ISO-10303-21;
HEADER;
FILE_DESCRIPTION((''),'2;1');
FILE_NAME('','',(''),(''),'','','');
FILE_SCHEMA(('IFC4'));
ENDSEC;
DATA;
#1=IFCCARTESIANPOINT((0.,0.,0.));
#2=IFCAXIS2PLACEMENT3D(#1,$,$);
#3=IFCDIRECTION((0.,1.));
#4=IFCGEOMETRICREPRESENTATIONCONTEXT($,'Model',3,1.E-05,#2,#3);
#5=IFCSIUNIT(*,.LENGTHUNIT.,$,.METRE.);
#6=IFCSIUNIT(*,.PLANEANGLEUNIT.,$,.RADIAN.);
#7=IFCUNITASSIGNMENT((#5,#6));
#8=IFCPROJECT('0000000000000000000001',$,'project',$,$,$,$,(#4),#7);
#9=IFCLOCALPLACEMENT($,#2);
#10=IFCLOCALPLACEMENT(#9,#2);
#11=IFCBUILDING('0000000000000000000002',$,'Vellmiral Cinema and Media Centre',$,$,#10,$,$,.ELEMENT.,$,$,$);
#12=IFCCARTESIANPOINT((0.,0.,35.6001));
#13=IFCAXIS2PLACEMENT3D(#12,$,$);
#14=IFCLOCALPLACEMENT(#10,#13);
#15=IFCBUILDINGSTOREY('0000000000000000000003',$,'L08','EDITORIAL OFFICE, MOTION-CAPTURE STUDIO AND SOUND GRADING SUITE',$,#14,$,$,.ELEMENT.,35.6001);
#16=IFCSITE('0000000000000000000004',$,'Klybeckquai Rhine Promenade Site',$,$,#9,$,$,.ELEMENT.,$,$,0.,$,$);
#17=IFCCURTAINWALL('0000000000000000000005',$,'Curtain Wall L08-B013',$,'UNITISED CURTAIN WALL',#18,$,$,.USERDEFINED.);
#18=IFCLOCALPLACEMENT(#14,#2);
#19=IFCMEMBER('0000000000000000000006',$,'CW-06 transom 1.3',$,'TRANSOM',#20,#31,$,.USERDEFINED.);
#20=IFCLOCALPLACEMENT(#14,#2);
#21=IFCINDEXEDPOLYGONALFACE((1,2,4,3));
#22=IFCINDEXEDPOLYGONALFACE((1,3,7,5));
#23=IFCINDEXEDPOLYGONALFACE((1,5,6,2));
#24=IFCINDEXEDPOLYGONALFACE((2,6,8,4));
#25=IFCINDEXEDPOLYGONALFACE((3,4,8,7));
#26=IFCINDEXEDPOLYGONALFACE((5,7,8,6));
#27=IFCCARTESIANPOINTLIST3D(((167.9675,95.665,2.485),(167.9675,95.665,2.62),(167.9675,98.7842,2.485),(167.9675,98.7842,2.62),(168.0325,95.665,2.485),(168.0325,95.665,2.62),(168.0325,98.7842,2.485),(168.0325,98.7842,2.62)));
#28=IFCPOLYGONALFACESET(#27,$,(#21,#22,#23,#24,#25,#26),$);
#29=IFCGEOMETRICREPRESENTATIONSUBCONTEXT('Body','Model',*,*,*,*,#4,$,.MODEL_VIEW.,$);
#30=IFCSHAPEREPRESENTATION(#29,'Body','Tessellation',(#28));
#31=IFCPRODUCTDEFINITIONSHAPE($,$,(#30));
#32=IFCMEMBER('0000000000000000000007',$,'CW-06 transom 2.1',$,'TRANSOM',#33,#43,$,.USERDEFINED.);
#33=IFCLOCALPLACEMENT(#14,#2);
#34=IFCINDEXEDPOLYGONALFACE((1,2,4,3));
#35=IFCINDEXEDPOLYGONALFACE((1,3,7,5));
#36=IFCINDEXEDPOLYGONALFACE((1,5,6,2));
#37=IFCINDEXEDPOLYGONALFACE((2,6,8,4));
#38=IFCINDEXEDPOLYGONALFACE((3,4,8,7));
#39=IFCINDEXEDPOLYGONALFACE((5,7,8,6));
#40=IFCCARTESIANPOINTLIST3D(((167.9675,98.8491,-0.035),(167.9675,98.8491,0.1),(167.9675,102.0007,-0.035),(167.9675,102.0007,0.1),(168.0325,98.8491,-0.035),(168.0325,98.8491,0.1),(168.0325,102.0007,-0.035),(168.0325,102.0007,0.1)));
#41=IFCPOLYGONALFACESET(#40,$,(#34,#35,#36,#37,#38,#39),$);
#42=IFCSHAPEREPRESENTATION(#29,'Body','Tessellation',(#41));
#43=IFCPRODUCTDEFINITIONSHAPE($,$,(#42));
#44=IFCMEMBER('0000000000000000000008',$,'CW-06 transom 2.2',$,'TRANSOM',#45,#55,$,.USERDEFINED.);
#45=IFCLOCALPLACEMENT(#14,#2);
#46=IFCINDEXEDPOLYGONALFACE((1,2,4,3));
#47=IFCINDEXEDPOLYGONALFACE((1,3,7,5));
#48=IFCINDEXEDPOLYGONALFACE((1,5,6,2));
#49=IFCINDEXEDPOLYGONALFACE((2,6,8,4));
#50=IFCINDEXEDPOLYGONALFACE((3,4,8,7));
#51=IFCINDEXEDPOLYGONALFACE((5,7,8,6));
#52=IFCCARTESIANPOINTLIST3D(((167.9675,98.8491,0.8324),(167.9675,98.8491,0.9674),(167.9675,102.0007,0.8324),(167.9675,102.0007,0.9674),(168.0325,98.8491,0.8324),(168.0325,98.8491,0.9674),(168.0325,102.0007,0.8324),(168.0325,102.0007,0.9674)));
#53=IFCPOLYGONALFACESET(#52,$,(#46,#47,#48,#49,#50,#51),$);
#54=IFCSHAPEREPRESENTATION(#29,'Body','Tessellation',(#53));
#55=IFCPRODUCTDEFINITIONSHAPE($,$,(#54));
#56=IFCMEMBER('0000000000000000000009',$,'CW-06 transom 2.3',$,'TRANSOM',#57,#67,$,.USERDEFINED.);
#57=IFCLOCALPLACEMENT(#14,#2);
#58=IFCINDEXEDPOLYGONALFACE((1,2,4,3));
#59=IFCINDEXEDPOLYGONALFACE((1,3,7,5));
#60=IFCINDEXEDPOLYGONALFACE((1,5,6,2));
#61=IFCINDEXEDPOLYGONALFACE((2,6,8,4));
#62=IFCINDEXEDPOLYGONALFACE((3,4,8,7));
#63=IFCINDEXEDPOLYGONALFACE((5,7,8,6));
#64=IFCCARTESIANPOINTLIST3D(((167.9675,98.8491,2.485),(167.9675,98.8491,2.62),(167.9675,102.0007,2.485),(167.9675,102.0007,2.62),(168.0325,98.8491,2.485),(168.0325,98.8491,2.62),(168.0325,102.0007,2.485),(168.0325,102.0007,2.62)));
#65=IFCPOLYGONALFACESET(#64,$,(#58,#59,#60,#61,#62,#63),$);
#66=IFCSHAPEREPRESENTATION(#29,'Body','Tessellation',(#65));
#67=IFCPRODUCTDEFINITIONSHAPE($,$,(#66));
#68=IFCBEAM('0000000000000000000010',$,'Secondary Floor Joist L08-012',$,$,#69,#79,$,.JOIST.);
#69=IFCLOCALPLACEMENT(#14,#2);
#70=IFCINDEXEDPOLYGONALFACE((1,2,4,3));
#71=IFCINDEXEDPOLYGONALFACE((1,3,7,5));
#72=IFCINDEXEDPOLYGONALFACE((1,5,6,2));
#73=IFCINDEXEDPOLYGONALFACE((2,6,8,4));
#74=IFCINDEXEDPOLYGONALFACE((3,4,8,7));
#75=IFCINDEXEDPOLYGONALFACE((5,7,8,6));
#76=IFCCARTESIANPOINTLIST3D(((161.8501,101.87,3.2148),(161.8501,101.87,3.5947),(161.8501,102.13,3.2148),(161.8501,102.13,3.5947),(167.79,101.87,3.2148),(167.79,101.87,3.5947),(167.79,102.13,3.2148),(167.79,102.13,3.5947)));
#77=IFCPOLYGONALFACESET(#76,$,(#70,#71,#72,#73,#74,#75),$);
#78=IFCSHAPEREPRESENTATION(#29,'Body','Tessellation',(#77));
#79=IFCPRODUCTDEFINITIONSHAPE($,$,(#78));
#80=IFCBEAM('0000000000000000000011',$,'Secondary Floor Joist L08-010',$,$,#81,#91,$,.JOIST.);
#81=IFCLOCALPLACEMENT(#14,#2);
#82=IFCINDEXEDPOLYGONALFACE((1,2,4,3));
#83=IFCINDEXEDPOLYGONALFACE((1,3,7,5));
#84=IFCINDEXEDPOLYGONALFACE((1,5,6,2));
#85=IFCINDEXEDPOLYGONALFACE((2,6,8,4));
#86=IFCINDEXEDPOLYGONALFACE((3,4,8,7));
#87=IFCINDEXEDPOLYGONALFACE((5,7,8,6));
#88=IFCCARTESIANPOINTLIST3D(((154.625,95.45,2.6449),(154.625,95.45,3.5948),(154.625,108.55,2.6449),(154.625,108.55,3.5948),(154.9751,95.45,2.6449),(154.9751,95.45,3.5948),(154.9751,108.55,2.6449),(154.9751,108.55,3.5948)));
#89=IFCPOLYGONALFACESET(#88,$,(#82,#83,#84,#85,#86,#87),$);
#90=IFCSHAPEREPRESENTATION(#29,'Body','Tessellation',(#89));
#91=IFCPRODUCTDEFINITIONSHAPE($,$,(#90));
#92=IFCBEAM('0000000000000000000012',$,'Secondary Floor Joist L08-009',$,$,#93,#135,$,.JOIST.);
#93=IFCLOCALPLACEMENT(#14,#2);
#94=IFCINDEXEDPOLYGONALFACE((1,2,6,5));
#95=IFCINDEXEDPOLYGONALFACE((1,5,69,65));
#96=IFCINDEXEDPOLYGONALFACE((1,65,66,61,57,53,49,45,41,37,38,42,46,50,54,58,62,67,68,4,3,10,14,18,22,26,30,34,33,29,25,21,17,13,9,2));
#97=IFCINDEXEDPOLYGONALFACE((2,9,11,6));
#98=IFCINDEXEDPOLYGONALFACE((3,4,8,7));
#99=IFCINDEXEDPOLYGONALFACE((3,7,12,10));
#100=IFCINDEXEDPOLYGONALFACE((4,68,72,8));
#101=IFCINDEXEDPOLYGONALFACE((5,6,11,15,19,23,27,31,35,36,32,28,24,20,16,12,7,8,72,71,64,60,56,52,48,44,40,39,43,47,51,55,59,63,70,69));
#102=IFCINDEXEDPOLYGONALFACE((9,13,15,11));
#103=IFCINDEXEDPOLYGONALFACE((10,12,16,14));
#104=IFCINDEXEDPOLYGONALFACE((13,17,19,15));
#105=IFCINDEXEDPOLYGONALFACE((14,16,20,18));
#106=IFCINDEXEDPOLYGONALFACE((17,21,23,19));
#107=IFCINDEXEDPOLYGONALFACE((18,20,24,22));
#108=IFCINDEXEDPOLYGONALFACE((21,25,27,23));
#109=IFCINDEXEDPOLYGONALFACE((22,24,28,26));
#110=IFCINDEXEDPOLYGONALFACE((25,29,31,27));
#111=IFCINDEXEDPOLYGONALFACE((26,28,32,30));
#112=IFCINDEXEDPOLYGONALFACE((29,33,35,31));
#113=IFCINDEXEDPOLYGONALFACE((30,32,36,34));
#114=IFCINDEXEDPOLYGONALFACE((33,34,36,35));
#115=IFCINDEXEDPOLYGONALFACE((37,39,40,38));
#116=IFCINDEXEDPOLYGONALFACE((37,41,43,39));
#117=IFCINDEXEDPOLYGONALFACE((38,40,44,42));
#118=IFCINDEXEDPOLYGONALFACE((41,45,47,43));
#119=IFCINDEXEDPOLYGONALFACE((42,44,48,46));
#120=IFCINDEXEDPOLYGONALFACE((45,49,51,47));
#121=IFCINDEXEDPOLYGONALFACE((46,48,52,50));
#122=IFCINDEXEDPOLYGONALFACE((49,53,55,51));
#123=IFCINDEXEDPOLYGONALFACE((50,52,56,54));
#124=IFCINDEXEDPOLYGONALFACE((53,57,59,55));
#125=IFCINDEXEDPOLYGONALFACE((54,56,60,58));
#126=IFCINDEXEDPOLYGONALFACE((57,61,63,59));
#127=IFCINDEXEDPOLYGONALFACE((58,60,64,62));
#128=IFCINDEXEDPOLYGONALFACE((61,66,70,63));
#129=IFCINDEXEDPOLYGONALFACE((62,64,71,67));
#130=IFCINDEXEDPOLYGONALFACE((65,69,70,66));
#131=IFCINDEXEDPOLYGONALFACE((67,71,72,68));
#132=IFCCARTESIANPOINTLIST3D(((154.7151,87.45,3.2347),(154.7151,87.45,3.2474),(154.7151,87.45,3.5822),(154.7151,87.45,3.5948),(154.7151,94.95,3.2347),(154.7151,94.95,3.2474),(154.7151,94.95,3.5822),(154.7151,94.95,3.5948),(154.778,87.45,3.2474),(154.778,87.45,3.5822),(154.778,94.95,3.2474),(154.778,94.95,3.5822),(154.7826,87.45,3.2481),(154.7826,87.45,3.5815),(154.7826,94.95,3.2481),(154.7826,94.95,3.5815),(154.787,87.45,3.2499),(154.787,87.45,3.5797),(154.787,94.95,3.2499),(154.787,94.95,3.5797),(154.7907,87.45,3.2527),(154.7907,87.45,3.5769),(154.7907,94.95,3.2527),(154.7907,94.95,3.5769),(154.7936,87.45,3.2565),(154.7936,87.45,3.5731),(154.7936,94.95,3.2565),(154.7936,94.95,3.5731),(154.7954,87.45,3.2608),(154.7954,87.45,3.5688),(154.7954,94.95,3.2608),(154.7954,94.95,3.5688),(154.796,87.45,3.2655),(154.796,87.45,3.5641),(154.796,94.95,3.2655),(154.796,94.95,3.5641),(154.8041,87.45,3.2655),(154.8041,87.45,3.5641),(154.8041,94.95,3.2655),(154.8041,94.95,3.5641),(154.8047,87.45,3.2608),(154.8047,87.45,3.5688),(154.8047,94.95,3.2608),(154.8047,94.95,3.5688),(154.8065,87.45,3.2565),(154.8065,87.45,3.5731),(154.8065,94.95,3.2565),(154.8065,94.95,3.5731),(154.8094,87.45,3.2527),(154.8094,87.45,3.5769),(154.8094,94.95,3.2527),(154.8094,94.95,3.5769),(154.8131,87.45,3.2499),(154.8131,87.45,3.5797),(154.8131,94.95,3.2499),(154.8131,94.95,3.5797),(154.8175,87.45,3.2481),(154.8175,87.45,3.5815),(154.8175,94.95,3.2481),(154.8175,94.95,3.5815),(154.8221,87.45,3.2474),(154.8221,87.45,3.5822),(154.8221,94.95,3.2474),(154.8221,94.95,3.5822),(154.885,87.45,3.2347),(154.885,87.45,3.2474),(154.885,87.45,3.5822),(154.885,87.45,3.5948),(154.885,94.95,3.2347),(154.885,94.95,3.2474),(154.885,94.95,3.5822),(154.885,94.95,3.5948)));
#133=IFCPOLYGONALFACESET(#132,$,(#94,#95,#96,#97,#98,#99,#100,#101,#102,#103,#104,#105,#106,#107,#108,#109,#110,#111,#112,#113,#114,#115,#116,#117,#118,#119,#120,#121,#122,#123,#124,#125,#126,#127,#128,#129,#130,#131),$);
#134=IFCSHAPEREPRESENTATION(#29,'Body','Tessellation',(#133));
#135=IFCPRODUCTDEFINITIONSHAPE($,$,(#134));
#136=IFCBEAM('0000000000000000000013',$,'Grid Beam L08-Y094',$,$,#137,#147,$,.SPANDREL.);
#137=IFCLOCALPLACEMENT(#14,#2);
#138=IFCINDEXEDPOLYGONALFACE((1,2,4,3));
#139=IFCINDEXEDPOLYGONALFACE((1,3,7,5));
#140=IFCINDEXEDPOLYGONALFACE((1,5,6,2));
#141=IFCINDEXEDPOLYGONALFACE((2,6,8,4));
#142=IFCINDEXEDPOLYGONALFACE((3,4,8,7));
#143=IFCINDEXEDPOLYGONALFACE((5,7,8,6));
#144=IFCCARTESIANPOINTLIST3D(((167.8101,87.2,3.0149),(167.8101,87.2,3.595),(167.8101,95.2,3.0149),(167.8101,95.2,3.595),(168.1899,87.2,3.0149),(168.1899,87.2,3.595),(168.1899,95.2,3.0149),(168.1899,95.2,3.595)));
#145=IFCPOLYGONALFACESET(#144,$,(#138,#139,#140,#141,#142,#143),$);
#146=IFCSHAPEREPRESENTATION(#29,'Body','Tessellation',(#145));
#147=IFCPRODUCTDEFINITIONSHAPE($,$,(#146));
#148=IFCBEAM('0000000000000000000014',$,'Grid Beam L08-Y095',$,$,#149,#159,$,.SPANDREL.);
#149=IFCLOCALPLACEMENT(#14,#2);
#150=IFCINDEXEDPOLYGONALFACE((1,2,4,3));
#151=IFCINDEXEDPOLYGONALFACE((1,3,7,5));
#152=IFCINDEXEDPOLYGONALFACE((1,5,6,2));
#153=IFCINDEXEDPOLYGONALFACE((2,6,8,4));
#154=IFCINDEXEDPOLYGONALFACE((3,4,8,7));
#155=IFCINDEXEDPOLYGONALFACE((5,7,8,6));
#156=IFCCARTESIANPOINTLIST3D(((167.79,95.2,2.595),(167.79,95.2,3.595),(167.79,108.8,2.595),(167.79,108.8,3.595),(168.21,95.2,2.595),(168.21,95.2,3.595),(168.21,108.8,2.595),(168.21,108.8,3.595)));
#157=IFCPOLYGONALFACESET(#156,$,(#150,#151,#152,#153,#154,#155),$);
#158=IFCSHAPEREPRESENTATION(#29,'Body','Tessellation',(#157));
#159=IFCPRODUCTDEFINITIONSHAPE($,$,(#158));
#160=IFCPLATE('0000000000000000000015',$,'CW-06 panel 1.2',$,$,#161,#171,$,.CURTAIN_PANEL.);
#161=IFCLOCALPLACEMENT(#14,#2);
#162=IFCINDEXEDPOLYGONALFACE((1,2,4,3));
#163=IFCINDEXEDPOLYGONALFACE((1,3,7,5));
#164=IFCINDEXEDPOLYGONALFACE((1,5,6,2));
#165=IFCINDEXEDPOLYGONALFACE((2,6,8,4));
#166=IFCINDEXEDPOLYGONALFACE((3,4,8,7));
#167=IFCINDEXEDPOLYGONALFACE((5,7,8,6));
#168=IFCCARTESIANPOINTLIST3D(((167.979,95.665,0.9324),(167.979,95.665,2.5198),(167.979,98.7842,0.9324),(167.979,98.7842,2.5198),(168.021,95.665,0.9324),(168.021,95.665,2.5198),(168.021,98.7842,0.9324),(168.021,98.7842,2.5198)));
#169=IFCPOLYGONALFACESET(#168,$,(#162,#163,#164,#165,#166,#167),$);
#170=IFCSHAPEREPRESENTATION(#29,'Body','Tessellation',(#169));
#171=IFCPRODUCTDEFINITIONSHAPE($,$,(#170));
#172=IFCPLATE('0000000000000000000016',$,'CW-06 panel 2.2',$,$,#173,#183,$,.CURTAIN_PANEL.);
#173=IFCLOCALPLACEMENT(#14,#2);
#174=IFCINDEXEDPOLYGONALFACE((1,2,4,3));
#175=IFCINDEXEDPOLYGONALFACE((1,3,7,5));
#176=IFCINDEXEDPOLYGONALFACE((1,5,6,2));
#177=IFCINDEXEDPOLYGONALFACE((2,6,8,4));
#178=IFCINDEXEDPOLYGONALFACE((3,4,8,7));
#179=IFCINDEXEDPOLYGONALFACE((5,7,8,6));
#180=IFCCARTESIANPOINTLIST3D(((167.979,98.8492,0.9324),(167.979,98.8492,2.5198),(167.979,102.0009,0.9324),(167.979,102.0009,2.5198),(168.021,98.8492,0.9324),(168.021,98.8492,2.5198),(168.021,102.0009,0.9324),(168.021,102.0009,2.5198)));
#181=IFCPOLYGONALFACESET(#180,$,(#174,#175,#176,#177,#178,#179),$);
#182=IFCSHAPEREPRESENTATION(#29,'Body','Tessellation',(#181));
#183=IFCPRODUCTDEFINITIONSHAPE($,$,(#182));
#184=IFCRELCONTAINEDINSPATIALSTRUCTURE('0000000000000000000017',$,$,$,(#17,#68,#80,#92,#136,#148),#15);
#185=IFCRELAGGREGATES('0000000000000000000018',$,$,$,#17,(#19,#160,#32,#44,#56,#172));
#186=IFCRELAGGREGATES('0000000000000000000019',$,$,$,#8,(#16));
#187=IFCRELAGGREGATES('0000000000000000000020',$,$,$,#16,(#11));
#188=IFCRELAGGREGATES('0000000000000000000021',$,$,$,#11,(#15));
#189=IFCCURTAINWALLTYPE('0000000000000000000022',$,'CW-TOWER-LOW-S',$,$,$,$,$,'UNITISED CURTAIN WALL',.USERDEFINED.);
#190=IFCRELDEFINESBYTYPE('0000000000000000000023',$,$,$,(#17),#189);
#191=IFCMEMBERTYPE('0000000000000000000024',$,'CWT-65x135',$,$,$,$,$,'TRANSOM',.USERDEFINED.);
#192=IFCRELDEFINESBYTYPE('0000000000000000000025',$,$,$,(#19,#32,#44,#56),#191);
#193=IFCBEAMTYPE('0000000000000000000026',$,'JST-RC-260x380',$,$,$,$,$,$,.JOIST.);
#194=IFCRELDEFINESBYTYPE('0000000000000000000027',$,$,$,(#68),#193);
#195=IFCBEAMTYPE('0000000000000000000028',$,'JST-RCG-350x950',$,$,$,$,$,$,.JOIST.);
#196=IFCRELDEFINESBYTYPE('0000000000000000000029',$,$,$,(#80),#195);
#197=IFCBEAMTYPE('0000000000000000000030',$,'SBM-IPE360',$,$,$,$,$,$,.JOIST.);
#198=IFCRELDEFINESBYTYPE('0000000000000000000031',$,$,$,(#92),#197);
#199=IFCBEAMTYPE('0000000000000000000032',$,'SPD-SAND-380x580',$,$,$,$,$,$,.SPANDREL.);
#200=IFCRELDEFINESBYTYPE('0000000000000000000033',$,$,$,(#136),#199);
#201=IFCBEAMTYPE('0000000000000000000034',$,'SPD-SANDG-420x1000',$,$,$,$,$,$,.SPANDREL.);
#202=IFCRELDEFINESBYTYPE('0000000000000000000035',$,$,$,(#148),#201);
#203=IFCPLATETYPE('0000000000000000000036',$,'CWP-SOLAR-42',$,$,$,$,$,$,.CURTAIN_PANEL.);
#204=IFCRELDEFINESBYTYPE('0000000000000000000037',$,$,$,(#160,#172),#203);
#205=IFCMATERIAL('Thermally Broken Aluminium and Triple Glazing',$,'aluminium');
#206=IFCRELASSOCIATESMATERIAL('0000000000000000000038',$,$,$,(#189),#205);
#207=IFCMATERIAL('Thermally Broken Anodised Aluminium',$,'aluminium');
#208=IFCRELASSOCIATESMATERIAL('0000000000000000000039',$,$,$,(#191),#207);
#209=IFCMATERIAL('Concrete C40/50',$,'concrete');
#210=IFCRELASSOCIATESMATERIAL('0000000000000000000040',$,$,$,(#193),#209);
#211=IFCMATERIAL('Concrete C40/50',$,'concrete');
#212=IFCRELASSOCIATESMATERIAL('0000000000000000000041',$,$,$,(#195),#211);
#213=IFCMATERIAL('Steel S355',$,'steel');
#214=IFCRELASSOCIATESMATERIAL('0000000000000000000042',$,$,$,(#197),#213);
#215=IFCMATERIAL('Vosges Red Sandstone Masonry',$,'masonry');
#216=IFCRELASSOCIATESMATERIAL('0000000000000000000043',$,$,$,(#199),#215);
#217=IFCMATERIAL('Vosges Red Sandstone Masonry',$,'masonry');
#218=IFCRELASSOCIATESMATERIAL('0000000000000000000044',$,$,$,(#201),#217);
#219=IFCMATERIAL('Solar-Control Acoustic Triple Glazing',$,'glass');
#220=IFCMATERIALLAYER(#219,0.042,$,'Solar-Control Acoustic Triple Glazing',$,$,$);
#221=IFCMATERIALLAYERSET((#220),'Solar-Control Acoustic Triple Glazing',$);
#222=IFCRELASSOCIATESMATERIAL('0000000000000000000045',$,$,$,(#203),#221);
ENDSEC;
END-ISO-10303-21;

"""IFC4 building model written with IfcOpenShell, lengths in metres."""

from ifc_helpers import new_model, si_unit, direction, frame, origin, origin_2d, place, context, subcontext, project, spatial, rectangle, i_section, extrude, material, layer, layer_set, material_profile, profile_set, type_object, element, aggregate, save


model = new_model("IFC4")

# Units and contexts
model_context = context("Model", 3, precision=1e-05, world=origin(), true_north=direction((0.0, 1.0)))
body_context = subcontext(model_context, "Body", "Model", "MODEL_VIEW")
ifc_project = project(units=[si_unit("LENGTHUNIT", "METRE"), si_unit("PLANEANGLEUNIT", "RADIAN")], contexts=[model_context])

# Site, building, storey
site_placement = place(None, origin())
site = spatial("IfcSite", under=ifc_project, at=site_placement, Name="Klybeckquai Rhine Promenade Site", CompositionType="ELEMENT", RefElevation=0.0)
building_placement = place(site_placement, origin())
building = spatial("IfcBuilding", under=site, at=building_placement, Name="Vellmiral Cinema and Media Centre", CompositionType="ELEMENT")
storey_placement = place(building_placement, frame((0.0, 0.0, 35.6001)))
storey = spatial("IfcBuildingStorey", under=building, at=storey_placement, Name="L08", Description="EDITORIAL OFFICE, MOTION-CAPTURE STUDIO AND SOUND GRADING SUITE", CompositionType="ELEMENT", Elevation=35.6001)

# Curtain wall, members
ifc_material_1 = material(Name="Thermally Broken Aluminium and Triple Glazing", Category="aluminium")
curtain_wall_type = type_object("IfcCurtainWallType", Name="CW-TOWER-LOW-S", ElementType="UNITISED CURTAIN WALL", PredefinedType="USERDEFINED", material=ifc_material_1)
curtain_wall_placement = place(storey_placement, origin())
curtain_wall = element("IfcCurtainWall", 1, at=curtain_wall_placement, inside=storey, type_object=curtain_wall_type, Name="Curtain Wall L08-B013", ObjectType="UNITISED CURTAIN WALL", PredefinedType="USERDEFINED")
ifc_material_2 = material(Name="Thermally Broken Anodised Aluminium", Category="aluminium")
ifc_material_profile_1 = material_profile(ifc_material_2, rectangle(XDim=0.0649, YDim=0.135, at=origin_2d()), Name="MULL 65x135")
ifc_profile_set_1 = profile_set([ifc_material_profile_1], Name="Thermally Broken Anodised Aluminium")
member_type_1 = type_object("IfcMemberType", Name="CWT-65x135", ElementType="TRANSOM", PredefinedType="USERDEFINED", material=ifc_profile_set_1)
member_1_placement = place(storey_placement, frame((168.0, 95.665, 2.5525), z_axis=(0.0, 1.0, 0.0), x_axis=(-1.0, 0.0, 0.0)))
member_1 = element("IfcMember", 2, at=member_1_placement, type_object=member_type_1, Name="CW-06 transom 1.3", ObjectType="TRANSOM", PredefinedType="USERDEFINED", context=body_context, shape_type="SweptSolid", body=[
    extrude(rectangle(XDim=0.0649, YDim=0.135, at=origin_2d()), origin(), (0.0, 0.0, 1.0), 3.1191),
])
member_2_placement = place(storey_placement, frame((168.0, 98.8491, 0.0325), z_axis=(0.0, 1.0, 0.0), x_axis=(-1.0, 0.0, 0.0)))
member_2 = element("IfcMember", 3, at=member_2_placement, type_object=member_type_1, Name="CW-06 transom 2.1", ObjectType="TRANSOM", PredefinedType="USERDEFINED", context=body_context, shape_type="SweptSolid", body=[
    extrude(rectangle(XDim=0.0649, YDim=0.135, at=origin_2d()), origin(), (0.0, 0.0, 1.0), 3.1516),
])
member_3_placement = place(storey_placement, frame((168.0, 98.8491, 0.8999), z_axis=(0.0, 1.0, 0.0), x_axis=(-1.0, 0.0, 0.0)))
member_3 = element("IfcMember", 4, at=member_3_placement, type_object=member_type_1, Name="CW-06 transom 2.2", ObjectType="TRANSOM", PredefinedType="USERDEFINED", context=body_context, shape_type="SweptSolid", body=[
    extrude(rectangle(XDim=0.0649, YDim=0.135, at=origin_2d()), origin(), (0.0, 0.0, 1.0), 3.1516),
])
member_4_placement = place(storey_placement, frame((168.0, 98.8491, 2.5525), z_axis=(0.0, 1.0, 0.0), x_axis=(-1.0, 0.0, 0.0)))
member_4 = element("IfcMember", 5, at=member_4_placement, type_object=member_type_1, Name="CW-06 transom 2.3", ObjectType="TRANSOM", PredefinedType="USERDEFINED", context=body_context, shape_type="SweptSolid", body=[
    extrude(rectangle(XDim=0.0649, YDim=0.135, at=origin_2d()), origin(), (0.0, 0.0, 1.0), 3.1516),
])

# Beams
ifc_material_3 = material(Name="Concrete C40/50", Category="concrete")
ifc_material_profile_2 = material_profile(ifc_material_3, rectangle(XDim=0.26, YDim=0.3799, at=origin_2d()), Name="RC 260x380")
ifc_profile_set_2 = profile_set([ifc_material_profile_2], Name="Concrete C40/50")
beam_type_1 = type_object("IfcBeamType", Name="JST-RC-260x380", PredefinedType="JOIST", material=ifc_profile_set_2)
beam_1_placement = place(storey_placement, frame((161.8501, 102.0, 3.4048), z_axis=(1.0, 0.0, 0.0), x_axis=(0.0, 1.0, 0.0)))
element("IfcBeam", 6, at=beam_1_placement, inside=storey, type_object=beam_type_1, Name="Secondary Floor Joist L08-012", PredefinedType="JOIST", context=body_context, shape_type="SweptSolid", body=[
    extrude(rectangle(XDim=0.26, YDim=0.3799, at=origin_2d()), origin(), (0.0, 0.0, 1.0), 5.9399),
])
ifc_material_4 = material(Name="Concrete C40/50", Category="concrete")
ifc_material_profile_3 = material_profile(ifc_material_4, rectangle(XDim=0.3501, YDim=0.95, at=origin_2d()), Name="RC 350x950")
ifc_profile_set_3 = profile_set([ifc_material_profile_3], Name="Concrete C40/50")
beam_type_2 = type_object("IfcBeamType", Name="JST-RCG-350x950", PredefinedType="JOIST", material=ifc_profile_set_3)
beam_2_placement = place(storey_placement, frame((154.8, 95.45, 3.1199), z_axis=(0.0, 1.0, 0.0), x_axis=(-1.0, 0.0, 0.0)))
element("IfcBeam", 7, at=beam_2_placement, inside=storey, type_object=beam_type_2, Name="Secondary Floor Joist L08-010", PredefinedType="JOIST", context=body_context, shape_type="SweptSolid", body=[
    extrude(rectangle(XDim=0.3501, YDim=0.95, at=origin_2d()), origin(), (0.0, 0.0, 1.0), 13.1001),
])
ifc_material_5 = material(Name="Steel S355", Category="steel")
ifc_material_profile_4 = material_profile(ifc_material_5, i_section(OverallWidth=0.1699, OverallDepth=0.3601, WebThickness=0.0081, FlangeThickness=0.0127, FilletRadius=0.0181, at=origin_2d()), Name="IPE 360")
ifc_profile_set_4 = profile_set([ifc_material_profile_4], Name="Steel S355")
beam_type_3 = type_object("IfcBeamType", Name="SBM-IPE360", PredefinedType="JOIST", material=ifc_profile_set_4)
beam_3_placement = place(storey_placement, frame((154.8, 87.45, 3.4148), z_axis=(0.0, 1.0, 0.0), x_axis=(-1.0, 0.0, 0.0)))
element("IfcBeam", 8, at=beam_3_placement, inside=storey, type_object=beam_type_3, Name="Secondary Floor Joist L08-009", PredefinedType="JOIST", context=body_context, shape_type="SweptSolid", body=[
    extrude(i_section(OverallWidth=0.1699, OverallDepth=0.3601, WebThickness=0.0081, FlangeThickness=0.0127, FilletRadius=0.0181, at=origin_2d()), origin(), (0.0, 0.0, 1.0), 7.5),
])
ifc_material_6 = material(Name="Vosges Red Sandstone Masonry", Category="masonry")
ifc_material_profile_5 = material_profile(ifc_material_6, rectangle(XDim=0.3799, YDim=0.5801, at=origin_2d()), Name="SAND 380x580")
ifc_profile_set_5 = profile_set([ifc_material_profile_5], Name="Vosges Red Sandstone Masonry")
beam_type_4 = type_object("IfcBeamType", Name="SPD-SAND-380x580", PredefinedType="SPANDREL", material=ifc_profile_set_5)
beam_4_placement = place(storey_placement, frame((168.0, 87.2, 3.3049), z_axis=(0.0, 1.0, 0.0), x_axis=(-1.0, 0.0, 0.0)))
element("IfcBeam", 9, at=beam_4_placement, inside=storey, type_object=beam_type_4, Name="Grid Beam L08-Y094", PredefinedType="SPANDREL", context=body_context, shape_type="SweptSolid", body=[
    extrude(rectangle(XDim=0.3799, YDim=0.5801, at=origin_2d()), origin(), (0.0, 0.0, 1.0), 8.0),
])
ifc_material_7 = material(Name="Vosges Red Sandstone Masonry", Category="masonry")
ifc_material_profile_6 = material_profile(ifc_material_7, rectangle(XDim=0.4199, YDim=1.0, at=origin_2d()), Name="SAND 420x1000")
ifc_profile_set_6 = profile_set([ifc_material_profile_6], Name="Vosges Red Sandstone Masonry")
beam_type_5 = type_object("IfcBeamType", Name="SPD-SANDG-420x1000", PredefinedType="SPANDREL", material=ifc_profile_set_6)
beam_5_placement = place(storey_placement, frame((168.0, 95.2, 3.095), z_axis=(0.0, 1.0, 0.0), x_axis=(-1.0, 0.0, 0.0)))
element("IfcBeam", 10, at=beam_5_placement, inside=storey, type_object=beam_type_5, Name="Grid Beam L08-Y095", PredefinedType="SPANDREL", context=body_context, shape_type="SweptSolid", body=[
    extrude(rectangle(XDim=0.4199, YDim=1.0, at=origin_2d()), origin(), (0.0, 0.0, 1.0), 13.6001),
])

# Plates
ifc_material_8 = material(Name="Solar-Control Acoustic Triple Glazing", Category="glass")
ifc_layer_1 = layer(ifc_material_8, 0.042, Name="Solar-Control Acoustic Triple Glazing")
ifc_layer_set_1 = layer_set([ifc_layer_1], Name="Solar-Control Acoustic Triple Glazing")
plate_type_1 = type_object("IfcPlateType", Name="CWP-SOLAR-42", PredefinedType="CURTAIN_PANEL", material=ifc_layer_set_1)
plate_1_placement = place(storey_placement, frame((168.0, 97.2246, 0.9324), z_axis=(0.0, 0.0, 1.0), x_axis=(0.0, 1.0, 0.0)))
plate_1 = element("IfcPlate", 11, at=plate_1_placement, type_object=plate_type_1, Name="CW-06 panel 1.2", PredefinedType="CURTAIN_PANEL", context=body_context, shape_type="SweptSolid", body=[
    extrude(rectangle(XDim=3.1191, YDim=0.042, at=origin_2d()), origin(), (0.0, 0.0, 1.0), 1.5874),
])
plate_2_placement = place(storey_placement, frame((168.0, 100.425, 0.9324), z_axis=(0.0, 0.0, 1.0), x_axis=(0.0, 1.0, 0.0)))
plate_2 = element("IfcPlate", 12, at=plate_2_placement, type_object=plate_type_1, Name="CW-06 panel 2.2", PredefinedType="CURTAIN_PANEL", context=body_context, shape_type="SweptSolid", body=[
    extrude(rectangle(XDim=3.1516, YDim=0.042, at=origin_2d()), origin(), (0.0, 0.0, 1.0), 1.5874),
])
aggregate(curtain_wall, [member_1, plate_1, member_2, member_3, member_4, plate_2])

save(model, "model.ifc")
